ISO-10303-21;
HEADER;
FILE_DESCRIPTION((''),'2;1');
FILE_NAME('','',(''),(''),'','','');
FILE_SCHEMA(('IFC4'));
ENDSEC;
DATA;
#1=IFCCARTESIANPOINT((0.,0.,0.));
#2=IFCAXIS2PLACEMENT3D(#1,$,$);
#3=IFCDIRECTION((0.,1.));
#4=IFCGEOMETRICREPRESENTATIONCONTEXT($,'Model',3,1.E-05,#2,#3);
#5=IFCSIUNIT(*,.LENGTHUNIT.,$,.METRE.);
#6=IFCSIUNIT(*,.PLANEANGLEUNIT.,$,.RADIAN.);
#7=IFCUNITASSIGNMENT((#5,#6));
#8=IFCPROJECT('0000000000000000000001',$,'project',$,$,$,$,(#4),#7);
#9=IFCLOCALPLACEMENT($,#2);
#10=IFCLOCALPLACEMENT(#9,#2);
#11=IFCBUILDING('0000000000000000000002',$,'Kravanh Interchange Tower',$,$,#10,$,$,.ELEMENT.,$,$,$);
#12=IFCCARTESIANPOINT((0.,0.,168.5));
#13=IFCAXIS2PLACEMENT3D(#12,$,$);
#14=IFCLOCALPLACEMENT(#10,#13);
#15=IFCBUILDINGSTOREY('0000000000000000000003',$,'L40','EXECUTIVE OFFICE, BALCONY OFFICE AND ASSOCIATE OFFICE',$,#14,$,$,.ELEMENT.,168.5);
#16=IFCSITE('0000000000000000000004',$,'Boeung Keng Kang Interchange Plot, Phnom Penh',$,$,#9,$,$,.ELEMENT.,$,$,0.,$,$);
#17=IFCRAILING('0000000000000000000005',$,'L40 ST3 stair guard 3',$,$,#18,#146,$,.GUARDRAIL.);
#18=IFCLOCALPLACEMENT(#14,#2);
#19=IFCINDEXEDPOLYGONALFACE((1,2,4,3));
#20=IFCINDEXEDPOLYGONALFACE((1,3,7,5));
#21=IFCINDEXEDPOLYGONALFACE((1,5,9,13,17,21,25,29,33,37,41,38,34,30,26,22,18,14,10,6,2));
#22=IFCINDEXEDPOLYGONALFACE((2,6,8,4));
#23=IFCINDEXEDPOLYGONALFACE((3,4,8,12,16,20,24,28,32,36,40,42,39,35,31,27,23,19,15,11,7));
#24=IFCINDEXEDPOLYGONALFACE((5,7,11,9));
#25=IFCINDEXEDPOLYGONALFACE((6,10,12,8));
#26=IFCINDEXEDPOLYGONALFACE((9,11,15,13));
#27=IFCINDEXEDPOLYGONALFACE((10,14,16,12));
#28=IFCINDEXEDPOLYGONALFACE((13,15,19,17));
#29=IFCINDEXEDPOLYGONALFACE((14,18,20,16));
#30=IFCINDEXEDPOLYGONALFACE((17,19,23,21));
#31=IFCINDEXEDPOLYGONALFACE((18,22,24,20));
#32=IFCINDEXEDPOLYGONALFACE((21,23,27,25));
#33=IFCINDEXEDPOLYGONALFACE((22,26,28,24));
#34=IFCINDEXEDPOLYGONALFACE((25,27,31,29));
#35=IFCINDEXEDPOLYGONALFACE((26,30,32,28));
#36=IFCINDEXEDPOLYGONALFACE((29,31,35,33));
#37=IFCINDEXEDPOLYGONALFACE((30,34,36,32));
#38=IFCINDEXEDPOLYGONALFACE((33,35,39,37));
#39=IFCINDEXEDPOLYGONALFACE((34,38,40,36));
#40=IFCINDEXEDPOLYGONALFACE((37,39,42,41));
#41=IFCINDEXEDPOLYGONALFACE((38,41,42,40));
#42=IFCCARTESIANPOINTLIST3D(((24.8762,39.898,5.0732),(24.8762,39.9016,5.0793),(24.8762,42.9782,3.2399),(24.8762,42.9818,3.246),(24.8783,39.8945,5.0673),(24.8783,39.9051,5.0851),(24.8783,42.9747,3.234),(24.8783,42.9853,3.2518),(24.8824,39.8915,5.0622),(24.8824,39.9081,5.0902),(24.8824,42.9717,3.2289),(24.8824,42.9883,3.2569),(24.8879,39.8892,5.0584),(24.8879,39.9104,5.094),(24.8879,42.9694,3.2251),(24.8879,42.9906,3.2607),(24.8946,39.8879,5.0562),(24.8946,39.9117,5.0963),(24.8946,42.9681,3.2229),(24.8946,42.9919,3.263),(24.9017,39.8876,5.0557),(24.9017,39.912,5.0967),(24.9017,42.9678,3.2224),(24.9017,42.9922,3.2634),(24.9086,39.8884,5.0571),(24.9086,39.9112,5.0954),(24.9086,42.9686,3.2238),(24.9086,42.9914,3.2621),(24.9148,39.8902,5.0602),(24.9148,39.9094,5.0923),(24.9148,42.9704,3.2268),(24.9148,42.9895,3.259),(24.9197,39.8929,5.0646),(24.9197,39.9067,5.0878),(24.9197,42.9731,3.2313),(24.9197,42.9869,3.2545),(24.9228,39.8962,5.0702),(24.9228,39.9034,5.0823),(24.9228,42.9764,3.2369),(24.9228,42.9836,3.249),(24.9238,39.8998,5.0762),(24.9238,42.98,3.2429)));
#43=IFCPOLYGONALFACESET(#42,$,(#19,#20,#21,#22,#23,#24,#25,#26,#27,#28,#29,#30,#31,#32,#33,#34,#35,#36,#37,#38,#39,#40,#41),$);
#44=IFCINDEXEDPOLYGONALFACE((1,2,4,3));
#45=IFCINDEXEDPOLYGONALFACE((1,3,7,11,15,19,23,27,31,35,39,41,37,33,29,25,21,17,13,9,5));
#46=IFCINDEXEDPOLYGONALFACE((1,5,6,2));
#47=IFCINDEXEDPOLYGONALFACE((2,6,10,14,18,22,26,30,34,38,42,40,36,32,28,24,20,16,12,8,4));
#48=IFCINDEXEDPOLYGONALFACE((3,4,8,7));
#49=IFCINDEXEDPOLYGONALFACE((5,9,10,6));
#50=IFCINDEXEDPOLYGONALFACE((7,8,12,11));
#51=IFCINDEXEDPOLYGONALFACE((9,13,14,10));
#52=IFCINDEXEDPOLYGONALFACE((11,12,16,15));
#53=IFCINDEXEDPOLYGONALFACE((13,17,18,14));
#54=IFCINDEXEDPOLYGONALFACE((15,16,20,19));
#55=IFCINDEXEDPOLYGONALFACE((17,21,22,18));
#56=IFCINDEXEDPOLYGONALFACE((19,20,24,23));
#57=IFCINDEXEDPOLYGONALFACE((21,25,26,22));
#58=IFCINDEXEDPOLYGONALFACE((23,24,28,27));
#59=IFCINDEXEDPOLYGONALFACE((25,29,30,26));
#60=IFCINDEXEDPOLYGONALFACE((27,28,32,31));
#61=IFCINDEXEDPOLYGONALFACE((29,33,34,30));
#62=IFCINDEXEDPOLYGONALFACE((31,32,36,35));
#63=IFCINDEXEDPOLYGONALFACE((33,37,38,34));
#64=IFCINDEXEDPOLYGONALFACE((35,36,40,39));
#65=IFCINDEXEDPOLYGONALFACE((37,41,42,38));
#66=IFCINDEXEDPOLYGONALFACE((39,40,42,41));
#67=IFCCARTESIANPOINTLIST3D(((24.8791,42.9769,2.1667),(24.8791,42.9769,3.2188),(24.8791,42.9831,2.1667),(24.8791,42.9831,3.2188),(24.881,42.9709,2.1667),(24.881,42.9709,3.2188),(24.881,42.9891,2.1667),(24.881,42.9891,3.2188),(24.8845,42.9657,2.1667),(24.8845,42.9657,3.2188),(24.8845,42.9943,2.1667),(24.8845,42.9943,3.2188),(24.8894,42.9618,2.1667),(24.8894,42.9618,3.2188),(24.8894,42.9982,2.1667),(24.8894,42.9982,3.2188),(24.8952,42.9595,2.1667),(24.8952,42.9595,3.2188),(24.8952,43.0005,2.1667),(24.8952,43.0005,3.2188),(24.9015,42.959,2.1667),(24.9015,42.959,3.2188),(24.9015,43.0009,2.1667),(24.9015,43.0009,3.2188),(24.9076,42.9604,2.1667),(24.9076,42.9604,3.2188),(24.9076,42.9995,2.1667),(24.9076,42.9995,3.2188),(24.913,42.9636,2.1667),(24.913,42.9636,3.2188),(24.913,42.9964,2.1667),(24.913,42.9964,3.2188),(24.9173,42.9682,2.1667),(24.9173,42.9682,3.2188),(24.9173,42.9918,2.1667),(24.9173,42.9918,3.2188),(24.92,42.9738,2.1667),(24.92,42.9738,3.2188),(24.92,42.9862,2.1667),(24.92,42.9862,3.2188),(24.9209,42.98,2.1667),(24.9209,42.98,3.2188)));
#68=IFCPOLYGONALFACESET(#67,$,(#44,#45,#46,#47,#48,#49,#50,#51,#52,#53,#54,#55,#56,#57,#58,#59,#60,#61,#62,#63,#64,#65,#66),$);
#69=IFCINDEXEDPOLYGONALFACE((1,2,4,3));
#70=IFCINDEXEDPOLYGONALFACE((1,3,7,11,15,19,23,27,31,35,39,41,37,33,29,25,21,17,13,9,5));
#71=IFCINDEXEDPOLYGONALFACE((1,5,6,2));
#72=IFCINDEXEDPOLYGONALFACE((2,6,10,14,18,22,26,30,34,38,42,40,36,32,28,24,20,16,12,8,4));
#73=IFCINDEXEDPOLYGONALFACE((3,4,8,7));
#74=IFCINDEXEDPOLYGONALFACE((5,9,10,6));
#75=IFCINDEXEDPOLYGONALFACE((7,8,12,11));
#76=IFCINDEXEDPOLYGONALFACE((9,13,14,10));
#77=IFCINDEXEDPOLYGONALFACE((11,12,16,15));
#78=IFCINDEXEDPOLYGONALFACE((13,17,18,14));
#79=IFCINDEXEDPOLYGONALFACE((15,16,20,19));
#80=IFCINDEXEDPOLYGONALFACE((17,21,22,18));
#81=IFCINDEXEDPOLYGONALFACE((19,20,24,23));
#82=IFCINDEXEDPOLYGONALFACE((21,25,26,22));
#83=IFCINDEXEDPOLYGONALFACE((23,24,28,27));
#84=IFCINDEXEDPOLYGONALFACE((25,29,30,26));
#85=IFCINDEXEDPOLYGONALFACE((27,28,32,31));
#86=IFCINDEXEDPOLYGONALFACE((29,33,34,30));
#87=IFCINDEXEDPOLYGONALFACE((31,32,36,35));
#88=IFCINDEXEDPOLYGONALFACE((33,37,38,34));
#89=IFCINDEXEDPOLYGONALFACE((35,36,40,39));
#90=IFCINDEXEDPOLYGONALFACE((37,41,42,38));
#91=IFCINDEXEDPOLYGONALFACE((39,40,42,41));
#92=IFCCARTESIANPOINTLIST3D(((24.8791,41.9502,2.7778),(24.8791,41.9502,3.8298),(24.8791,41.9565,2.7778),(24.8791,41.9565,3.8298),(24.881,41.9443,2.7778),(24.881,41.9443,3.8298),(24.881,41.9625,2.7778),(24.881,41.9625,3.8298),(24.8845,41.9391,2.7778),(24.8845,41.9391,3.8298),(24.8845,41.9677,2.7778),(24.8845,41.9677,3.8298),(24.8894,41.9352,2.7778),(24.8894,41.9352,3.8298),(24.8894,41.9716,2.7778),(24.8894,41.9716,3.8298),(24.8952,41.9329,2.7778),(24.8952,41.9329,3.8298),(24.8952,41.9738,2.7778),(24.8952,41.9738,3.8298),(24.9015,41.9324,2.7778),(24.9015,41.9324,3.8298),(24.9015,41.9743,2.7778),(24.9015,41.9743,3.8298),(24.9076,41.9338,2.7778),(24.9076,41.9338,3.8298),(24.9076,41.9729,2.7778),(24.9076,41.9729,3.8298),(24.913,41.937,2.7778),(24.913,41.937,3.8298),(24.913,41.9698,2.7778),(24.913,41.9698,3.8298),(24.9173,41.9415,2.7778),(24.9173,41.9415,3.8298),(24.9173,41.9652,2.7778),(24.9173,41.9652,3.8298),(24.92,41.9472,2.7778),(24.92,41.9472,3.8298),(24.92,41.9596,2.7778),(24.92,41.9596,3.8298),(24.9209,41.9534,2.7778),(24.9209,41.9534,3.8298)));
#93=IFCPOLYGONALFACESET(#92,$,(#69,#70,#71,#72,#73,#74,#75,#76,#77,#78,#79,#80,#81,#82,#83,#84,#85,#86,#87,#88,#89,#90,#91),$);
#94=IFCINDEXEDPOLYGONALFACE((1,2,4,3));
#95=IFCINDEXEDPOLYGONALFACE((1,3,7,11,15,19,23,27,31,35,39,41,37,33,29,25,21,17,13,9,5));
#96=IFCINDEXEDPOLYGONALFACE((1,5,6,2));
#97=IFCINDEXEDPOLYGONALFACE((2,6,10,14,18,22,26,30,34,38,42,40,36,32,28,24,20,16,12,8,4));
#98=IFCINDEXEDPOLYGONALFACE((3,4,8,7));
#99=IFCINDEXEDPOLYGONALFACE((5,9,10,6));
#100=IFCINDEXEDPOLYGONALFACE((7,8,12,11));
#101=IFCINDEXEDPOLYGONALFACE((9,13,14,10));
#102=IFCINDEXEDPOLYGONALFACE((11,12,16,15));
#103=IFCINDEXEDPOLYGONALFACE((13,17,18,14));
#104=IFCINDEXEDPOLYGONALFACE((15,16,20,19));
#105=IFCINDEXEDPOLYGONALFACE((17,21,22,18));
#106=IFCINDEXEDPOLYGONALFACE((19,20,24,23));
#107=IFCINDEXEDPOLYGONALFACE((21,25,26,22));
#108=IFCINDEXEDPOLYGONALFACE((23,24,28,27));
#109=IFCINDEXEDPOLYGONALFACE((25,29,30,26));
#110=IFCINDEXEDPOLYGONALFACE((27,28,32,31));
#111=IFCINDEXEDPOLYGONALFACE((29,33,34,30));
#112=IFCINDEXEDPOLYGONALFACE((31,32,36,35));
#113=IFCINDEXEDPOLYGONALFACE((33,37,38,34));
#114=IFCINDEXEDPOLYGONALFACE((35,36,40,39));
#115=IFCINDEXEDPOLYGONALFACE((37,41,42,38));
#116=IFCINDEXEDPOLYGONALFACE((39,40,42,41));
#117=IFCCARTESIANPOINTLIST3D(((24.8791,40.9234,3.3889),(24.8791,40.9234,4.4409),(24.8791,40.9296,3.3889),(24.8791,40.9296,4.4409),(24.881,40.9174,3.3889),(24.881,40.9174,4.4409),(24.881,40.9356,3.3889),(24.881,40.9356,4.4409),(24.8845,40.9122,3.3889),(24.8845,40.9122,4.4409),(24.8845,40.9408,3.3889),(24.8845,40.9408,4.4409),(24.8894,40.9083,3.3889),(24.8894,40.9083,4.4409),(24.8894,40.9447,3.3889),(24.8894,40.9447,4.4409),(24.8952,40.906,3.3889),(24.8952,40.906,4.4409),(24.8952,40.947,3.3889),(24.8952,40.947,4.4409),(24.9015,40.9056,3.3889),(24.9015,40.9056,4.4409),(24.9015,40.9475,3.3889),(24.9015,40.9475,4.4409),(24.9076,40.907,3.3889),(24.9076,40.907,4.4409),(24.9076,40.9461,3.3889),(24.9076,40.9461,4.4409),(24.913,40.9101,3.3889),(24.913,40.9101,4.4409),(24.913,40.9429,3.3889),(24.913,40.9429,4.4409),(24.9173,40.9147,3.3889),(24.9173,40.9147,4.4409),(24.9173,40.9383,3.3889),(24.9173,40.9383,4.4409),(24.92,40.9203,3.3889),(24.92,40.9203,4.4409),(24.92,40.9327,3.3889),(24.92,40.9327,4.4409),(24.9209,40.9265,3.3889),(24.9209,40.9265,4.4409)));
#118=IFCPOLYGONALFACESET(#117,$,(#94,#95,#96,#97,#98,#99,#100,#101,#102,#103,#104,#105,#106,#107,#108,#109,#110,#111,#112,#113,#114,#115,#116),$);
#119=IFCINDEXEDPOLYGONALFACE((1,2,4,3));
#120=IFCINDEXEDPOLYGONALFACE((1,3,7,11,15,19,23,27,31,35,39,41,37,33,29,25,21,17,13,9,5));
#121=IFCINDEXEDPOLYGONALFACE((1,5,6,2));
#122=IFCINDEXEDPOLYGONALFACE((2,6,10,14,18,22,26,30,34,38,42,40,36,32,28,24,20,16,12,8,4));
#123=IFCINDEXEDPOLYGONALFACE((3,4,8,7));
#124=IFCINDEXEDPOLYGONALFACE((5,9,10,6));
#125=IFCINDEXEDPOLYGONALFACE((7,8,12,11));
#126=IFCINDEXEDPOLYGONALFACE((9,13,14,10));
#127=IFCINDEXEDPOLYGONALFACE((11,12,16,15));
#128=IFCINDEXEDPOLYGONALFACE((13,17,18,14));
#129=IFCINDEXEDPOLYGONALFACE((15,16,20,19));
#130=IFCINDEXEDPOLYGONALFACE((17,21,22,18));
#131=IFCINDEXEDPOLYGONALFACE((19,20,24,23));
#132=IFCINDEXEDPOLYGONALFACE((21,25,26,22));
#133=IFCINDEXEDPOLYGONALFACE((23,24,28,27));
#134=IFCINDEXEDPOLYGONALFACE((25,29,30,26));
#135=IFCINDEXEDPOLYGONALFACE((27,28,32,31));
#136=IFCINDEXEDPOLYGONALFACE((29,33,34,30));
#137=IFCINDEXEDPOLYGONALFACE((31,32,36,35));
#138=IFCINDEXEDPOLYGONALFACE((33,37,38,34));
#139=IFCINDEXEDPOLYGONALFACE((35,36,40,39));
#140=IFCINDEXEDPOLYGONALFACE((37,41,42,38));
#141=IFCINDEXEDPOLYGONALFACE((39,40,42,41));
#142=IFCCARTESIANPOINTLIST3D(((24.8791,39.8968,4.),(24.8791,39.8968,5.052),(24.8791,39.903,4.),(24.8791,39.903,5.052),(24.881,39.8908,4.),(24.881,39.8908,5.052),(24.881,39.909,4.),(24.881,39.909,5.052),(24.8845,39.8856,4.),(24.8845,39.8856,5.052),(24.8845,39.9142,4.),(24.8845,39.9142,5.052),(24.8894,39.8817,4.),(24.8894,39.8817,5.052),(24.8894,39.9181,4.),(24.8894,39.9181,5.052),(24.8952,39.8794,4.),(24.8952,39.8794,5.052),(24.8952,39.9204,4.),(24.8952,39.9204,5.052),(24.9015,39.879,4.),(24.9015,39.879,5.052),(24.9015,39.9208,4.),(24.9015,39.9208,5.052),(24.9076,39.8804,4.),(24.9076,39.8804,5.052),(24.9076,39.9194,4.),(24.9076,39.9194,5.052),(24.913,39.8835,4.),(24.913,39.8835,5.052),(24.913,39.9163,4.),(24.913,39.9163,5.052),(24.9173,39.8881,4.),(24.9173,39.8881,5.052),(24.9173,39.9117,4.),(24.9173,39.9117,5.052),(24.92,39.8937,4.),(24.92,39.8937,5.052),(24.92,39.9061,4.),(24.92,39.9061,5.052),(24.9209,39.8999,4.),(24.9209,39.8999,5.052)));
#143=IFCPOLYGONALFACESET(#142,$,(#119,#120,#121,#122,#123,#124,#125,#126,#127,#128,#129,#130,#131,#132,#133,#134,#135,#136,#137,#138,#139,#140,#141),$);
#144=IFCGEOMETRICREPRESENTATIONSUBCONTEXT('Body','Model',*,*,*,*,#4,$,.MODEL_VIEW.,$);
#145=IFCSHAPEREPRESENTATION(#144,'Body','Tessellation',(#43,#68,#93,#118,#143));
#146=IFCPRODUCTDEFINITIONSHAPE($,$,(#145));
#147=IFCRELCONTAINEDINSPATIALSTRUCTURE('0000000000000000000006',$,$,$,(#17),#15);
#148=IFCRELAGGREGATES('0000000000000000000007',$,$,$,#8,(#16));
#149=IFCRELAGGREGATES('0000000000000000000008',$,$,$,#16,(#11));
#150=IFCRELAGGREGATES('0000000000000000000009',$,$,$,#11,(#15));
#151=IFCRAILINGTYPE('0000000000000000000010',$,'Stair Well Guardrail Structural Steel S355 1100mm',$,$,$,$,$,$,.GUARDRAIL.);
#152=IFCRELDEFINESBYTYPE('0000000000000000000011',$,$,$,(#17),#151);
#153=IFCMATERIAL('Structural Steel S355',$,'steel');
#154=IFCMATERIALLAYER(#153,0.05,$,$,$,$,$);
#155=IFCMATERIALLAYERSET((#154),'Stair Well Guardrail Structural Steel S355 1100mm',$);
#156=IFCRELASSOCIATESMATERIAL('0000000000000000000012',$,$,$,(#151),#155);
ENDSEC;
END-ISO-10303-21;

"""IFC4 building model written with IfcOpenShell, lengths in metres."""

from ifc_helpers import new_model, si_unit, direction, frame, origin, origin_2d, place, context, subcontext, project, spatial, circle, extrude, material, layer, layer_set, type_object, element, save


model = new_model("IFC4")

# Units and contexts
model_context = context("Model", 3, precision=1e-05, world=origin(), true_north=direction((0.0, 1.0)))
body_context = subcontext(model_context, "Body", "Model", "MODEL_VIEW")
ifc_project = project(units=[si_unit("LENGTHUNIT", "METRE"), si_unit("PLANEANGLEUNIT", "RADIAN")], contexts=[model_context])

# Site, building, storey
site_placement = place(None, origin())
site = spatial("IfcSite", under=ifc_project, at=site_placement, Name="Boeung Keng Kang Interchange Plot, Phnom Penh", CompositionType="ELEMENT", RefElevation=0.0)
building_placement = place(site_placement, origin())
building = spatial("IfcBuilding", under=site, at=building_placement, Name="Kravanh Interchange Tower", CompositionType="ELEMENT")
storey_placement = place(building_placement, frame((0.0, 0.0, 168.5)))
storey = spatial("IfcBuildingStorey", under=building, at=storey_placement, Name="L40", Description="EXECUTIVE OFFICE, BALCONY OFFICE AND ASSOCIATE OFFICE", CompositionType="ELEMENT", Elevation=168.5)

# Railing
ifc_material_1 = material(Name="Structural Steel S355", Category="steel")
ifc_layer_1 = layer(ifc_material_1, 0.05)
ifc_layer_set_1 = layer_set([ifc_layer_1], Name="Stair Well Guardrail Structural Steel S355 1100mm")
railing_type_1 = type_object("IfcRailingType", Name="Stair Well Guardrail Structural Steel S355 1100mm", PredefinedType="GUARDRAIL", material=ifc_layer_set_1)
railing_1_placement = place(storey_placement, frame((24.8999, 42.98, 2.1667)))
element("IfcRailing", 1, at=railing_1_placement, inside=storey, type_object=railing_type_1, Name="L40 ST3 stair guard 3", PredefinedType="GUARDRAIL", context=body_context, shape_type="SweptSolid", body=[
    extrude(circle(Radius=0.0239, at=origin_2d()), frame((0.0, 0.0, 1.0762), z_axis=(0.0, -0.859309, 0.511458), x_axis=(1.0, 0.0, 0.0)), (0.0, 0.0, 1.0), 3.5845),
    extrude(circle(Radius=0.021, at=origin_2d()), origin(), (0.0, 0.0, 1.0), 1.052),
    extrude(circle(Radius=0.021, at=origin_2d()), frame((0.0, -1.0266, 0.6111)), (0.0, 0.0, 1.0), 1.052),
    extrude(circle(Radius=0.021, at=origin_2d()), frame((0.0, -2.0535, 1.2222)), (0.0, 0.0, 1.0), 1.052),
    extrude(circle(Radius=0.021, at=origin_2d()), frame((0.0, -3.0801, 1.8333)), (0.0, 0.0, 1.0), 1.052),
])

save(model, "model.ifc")
